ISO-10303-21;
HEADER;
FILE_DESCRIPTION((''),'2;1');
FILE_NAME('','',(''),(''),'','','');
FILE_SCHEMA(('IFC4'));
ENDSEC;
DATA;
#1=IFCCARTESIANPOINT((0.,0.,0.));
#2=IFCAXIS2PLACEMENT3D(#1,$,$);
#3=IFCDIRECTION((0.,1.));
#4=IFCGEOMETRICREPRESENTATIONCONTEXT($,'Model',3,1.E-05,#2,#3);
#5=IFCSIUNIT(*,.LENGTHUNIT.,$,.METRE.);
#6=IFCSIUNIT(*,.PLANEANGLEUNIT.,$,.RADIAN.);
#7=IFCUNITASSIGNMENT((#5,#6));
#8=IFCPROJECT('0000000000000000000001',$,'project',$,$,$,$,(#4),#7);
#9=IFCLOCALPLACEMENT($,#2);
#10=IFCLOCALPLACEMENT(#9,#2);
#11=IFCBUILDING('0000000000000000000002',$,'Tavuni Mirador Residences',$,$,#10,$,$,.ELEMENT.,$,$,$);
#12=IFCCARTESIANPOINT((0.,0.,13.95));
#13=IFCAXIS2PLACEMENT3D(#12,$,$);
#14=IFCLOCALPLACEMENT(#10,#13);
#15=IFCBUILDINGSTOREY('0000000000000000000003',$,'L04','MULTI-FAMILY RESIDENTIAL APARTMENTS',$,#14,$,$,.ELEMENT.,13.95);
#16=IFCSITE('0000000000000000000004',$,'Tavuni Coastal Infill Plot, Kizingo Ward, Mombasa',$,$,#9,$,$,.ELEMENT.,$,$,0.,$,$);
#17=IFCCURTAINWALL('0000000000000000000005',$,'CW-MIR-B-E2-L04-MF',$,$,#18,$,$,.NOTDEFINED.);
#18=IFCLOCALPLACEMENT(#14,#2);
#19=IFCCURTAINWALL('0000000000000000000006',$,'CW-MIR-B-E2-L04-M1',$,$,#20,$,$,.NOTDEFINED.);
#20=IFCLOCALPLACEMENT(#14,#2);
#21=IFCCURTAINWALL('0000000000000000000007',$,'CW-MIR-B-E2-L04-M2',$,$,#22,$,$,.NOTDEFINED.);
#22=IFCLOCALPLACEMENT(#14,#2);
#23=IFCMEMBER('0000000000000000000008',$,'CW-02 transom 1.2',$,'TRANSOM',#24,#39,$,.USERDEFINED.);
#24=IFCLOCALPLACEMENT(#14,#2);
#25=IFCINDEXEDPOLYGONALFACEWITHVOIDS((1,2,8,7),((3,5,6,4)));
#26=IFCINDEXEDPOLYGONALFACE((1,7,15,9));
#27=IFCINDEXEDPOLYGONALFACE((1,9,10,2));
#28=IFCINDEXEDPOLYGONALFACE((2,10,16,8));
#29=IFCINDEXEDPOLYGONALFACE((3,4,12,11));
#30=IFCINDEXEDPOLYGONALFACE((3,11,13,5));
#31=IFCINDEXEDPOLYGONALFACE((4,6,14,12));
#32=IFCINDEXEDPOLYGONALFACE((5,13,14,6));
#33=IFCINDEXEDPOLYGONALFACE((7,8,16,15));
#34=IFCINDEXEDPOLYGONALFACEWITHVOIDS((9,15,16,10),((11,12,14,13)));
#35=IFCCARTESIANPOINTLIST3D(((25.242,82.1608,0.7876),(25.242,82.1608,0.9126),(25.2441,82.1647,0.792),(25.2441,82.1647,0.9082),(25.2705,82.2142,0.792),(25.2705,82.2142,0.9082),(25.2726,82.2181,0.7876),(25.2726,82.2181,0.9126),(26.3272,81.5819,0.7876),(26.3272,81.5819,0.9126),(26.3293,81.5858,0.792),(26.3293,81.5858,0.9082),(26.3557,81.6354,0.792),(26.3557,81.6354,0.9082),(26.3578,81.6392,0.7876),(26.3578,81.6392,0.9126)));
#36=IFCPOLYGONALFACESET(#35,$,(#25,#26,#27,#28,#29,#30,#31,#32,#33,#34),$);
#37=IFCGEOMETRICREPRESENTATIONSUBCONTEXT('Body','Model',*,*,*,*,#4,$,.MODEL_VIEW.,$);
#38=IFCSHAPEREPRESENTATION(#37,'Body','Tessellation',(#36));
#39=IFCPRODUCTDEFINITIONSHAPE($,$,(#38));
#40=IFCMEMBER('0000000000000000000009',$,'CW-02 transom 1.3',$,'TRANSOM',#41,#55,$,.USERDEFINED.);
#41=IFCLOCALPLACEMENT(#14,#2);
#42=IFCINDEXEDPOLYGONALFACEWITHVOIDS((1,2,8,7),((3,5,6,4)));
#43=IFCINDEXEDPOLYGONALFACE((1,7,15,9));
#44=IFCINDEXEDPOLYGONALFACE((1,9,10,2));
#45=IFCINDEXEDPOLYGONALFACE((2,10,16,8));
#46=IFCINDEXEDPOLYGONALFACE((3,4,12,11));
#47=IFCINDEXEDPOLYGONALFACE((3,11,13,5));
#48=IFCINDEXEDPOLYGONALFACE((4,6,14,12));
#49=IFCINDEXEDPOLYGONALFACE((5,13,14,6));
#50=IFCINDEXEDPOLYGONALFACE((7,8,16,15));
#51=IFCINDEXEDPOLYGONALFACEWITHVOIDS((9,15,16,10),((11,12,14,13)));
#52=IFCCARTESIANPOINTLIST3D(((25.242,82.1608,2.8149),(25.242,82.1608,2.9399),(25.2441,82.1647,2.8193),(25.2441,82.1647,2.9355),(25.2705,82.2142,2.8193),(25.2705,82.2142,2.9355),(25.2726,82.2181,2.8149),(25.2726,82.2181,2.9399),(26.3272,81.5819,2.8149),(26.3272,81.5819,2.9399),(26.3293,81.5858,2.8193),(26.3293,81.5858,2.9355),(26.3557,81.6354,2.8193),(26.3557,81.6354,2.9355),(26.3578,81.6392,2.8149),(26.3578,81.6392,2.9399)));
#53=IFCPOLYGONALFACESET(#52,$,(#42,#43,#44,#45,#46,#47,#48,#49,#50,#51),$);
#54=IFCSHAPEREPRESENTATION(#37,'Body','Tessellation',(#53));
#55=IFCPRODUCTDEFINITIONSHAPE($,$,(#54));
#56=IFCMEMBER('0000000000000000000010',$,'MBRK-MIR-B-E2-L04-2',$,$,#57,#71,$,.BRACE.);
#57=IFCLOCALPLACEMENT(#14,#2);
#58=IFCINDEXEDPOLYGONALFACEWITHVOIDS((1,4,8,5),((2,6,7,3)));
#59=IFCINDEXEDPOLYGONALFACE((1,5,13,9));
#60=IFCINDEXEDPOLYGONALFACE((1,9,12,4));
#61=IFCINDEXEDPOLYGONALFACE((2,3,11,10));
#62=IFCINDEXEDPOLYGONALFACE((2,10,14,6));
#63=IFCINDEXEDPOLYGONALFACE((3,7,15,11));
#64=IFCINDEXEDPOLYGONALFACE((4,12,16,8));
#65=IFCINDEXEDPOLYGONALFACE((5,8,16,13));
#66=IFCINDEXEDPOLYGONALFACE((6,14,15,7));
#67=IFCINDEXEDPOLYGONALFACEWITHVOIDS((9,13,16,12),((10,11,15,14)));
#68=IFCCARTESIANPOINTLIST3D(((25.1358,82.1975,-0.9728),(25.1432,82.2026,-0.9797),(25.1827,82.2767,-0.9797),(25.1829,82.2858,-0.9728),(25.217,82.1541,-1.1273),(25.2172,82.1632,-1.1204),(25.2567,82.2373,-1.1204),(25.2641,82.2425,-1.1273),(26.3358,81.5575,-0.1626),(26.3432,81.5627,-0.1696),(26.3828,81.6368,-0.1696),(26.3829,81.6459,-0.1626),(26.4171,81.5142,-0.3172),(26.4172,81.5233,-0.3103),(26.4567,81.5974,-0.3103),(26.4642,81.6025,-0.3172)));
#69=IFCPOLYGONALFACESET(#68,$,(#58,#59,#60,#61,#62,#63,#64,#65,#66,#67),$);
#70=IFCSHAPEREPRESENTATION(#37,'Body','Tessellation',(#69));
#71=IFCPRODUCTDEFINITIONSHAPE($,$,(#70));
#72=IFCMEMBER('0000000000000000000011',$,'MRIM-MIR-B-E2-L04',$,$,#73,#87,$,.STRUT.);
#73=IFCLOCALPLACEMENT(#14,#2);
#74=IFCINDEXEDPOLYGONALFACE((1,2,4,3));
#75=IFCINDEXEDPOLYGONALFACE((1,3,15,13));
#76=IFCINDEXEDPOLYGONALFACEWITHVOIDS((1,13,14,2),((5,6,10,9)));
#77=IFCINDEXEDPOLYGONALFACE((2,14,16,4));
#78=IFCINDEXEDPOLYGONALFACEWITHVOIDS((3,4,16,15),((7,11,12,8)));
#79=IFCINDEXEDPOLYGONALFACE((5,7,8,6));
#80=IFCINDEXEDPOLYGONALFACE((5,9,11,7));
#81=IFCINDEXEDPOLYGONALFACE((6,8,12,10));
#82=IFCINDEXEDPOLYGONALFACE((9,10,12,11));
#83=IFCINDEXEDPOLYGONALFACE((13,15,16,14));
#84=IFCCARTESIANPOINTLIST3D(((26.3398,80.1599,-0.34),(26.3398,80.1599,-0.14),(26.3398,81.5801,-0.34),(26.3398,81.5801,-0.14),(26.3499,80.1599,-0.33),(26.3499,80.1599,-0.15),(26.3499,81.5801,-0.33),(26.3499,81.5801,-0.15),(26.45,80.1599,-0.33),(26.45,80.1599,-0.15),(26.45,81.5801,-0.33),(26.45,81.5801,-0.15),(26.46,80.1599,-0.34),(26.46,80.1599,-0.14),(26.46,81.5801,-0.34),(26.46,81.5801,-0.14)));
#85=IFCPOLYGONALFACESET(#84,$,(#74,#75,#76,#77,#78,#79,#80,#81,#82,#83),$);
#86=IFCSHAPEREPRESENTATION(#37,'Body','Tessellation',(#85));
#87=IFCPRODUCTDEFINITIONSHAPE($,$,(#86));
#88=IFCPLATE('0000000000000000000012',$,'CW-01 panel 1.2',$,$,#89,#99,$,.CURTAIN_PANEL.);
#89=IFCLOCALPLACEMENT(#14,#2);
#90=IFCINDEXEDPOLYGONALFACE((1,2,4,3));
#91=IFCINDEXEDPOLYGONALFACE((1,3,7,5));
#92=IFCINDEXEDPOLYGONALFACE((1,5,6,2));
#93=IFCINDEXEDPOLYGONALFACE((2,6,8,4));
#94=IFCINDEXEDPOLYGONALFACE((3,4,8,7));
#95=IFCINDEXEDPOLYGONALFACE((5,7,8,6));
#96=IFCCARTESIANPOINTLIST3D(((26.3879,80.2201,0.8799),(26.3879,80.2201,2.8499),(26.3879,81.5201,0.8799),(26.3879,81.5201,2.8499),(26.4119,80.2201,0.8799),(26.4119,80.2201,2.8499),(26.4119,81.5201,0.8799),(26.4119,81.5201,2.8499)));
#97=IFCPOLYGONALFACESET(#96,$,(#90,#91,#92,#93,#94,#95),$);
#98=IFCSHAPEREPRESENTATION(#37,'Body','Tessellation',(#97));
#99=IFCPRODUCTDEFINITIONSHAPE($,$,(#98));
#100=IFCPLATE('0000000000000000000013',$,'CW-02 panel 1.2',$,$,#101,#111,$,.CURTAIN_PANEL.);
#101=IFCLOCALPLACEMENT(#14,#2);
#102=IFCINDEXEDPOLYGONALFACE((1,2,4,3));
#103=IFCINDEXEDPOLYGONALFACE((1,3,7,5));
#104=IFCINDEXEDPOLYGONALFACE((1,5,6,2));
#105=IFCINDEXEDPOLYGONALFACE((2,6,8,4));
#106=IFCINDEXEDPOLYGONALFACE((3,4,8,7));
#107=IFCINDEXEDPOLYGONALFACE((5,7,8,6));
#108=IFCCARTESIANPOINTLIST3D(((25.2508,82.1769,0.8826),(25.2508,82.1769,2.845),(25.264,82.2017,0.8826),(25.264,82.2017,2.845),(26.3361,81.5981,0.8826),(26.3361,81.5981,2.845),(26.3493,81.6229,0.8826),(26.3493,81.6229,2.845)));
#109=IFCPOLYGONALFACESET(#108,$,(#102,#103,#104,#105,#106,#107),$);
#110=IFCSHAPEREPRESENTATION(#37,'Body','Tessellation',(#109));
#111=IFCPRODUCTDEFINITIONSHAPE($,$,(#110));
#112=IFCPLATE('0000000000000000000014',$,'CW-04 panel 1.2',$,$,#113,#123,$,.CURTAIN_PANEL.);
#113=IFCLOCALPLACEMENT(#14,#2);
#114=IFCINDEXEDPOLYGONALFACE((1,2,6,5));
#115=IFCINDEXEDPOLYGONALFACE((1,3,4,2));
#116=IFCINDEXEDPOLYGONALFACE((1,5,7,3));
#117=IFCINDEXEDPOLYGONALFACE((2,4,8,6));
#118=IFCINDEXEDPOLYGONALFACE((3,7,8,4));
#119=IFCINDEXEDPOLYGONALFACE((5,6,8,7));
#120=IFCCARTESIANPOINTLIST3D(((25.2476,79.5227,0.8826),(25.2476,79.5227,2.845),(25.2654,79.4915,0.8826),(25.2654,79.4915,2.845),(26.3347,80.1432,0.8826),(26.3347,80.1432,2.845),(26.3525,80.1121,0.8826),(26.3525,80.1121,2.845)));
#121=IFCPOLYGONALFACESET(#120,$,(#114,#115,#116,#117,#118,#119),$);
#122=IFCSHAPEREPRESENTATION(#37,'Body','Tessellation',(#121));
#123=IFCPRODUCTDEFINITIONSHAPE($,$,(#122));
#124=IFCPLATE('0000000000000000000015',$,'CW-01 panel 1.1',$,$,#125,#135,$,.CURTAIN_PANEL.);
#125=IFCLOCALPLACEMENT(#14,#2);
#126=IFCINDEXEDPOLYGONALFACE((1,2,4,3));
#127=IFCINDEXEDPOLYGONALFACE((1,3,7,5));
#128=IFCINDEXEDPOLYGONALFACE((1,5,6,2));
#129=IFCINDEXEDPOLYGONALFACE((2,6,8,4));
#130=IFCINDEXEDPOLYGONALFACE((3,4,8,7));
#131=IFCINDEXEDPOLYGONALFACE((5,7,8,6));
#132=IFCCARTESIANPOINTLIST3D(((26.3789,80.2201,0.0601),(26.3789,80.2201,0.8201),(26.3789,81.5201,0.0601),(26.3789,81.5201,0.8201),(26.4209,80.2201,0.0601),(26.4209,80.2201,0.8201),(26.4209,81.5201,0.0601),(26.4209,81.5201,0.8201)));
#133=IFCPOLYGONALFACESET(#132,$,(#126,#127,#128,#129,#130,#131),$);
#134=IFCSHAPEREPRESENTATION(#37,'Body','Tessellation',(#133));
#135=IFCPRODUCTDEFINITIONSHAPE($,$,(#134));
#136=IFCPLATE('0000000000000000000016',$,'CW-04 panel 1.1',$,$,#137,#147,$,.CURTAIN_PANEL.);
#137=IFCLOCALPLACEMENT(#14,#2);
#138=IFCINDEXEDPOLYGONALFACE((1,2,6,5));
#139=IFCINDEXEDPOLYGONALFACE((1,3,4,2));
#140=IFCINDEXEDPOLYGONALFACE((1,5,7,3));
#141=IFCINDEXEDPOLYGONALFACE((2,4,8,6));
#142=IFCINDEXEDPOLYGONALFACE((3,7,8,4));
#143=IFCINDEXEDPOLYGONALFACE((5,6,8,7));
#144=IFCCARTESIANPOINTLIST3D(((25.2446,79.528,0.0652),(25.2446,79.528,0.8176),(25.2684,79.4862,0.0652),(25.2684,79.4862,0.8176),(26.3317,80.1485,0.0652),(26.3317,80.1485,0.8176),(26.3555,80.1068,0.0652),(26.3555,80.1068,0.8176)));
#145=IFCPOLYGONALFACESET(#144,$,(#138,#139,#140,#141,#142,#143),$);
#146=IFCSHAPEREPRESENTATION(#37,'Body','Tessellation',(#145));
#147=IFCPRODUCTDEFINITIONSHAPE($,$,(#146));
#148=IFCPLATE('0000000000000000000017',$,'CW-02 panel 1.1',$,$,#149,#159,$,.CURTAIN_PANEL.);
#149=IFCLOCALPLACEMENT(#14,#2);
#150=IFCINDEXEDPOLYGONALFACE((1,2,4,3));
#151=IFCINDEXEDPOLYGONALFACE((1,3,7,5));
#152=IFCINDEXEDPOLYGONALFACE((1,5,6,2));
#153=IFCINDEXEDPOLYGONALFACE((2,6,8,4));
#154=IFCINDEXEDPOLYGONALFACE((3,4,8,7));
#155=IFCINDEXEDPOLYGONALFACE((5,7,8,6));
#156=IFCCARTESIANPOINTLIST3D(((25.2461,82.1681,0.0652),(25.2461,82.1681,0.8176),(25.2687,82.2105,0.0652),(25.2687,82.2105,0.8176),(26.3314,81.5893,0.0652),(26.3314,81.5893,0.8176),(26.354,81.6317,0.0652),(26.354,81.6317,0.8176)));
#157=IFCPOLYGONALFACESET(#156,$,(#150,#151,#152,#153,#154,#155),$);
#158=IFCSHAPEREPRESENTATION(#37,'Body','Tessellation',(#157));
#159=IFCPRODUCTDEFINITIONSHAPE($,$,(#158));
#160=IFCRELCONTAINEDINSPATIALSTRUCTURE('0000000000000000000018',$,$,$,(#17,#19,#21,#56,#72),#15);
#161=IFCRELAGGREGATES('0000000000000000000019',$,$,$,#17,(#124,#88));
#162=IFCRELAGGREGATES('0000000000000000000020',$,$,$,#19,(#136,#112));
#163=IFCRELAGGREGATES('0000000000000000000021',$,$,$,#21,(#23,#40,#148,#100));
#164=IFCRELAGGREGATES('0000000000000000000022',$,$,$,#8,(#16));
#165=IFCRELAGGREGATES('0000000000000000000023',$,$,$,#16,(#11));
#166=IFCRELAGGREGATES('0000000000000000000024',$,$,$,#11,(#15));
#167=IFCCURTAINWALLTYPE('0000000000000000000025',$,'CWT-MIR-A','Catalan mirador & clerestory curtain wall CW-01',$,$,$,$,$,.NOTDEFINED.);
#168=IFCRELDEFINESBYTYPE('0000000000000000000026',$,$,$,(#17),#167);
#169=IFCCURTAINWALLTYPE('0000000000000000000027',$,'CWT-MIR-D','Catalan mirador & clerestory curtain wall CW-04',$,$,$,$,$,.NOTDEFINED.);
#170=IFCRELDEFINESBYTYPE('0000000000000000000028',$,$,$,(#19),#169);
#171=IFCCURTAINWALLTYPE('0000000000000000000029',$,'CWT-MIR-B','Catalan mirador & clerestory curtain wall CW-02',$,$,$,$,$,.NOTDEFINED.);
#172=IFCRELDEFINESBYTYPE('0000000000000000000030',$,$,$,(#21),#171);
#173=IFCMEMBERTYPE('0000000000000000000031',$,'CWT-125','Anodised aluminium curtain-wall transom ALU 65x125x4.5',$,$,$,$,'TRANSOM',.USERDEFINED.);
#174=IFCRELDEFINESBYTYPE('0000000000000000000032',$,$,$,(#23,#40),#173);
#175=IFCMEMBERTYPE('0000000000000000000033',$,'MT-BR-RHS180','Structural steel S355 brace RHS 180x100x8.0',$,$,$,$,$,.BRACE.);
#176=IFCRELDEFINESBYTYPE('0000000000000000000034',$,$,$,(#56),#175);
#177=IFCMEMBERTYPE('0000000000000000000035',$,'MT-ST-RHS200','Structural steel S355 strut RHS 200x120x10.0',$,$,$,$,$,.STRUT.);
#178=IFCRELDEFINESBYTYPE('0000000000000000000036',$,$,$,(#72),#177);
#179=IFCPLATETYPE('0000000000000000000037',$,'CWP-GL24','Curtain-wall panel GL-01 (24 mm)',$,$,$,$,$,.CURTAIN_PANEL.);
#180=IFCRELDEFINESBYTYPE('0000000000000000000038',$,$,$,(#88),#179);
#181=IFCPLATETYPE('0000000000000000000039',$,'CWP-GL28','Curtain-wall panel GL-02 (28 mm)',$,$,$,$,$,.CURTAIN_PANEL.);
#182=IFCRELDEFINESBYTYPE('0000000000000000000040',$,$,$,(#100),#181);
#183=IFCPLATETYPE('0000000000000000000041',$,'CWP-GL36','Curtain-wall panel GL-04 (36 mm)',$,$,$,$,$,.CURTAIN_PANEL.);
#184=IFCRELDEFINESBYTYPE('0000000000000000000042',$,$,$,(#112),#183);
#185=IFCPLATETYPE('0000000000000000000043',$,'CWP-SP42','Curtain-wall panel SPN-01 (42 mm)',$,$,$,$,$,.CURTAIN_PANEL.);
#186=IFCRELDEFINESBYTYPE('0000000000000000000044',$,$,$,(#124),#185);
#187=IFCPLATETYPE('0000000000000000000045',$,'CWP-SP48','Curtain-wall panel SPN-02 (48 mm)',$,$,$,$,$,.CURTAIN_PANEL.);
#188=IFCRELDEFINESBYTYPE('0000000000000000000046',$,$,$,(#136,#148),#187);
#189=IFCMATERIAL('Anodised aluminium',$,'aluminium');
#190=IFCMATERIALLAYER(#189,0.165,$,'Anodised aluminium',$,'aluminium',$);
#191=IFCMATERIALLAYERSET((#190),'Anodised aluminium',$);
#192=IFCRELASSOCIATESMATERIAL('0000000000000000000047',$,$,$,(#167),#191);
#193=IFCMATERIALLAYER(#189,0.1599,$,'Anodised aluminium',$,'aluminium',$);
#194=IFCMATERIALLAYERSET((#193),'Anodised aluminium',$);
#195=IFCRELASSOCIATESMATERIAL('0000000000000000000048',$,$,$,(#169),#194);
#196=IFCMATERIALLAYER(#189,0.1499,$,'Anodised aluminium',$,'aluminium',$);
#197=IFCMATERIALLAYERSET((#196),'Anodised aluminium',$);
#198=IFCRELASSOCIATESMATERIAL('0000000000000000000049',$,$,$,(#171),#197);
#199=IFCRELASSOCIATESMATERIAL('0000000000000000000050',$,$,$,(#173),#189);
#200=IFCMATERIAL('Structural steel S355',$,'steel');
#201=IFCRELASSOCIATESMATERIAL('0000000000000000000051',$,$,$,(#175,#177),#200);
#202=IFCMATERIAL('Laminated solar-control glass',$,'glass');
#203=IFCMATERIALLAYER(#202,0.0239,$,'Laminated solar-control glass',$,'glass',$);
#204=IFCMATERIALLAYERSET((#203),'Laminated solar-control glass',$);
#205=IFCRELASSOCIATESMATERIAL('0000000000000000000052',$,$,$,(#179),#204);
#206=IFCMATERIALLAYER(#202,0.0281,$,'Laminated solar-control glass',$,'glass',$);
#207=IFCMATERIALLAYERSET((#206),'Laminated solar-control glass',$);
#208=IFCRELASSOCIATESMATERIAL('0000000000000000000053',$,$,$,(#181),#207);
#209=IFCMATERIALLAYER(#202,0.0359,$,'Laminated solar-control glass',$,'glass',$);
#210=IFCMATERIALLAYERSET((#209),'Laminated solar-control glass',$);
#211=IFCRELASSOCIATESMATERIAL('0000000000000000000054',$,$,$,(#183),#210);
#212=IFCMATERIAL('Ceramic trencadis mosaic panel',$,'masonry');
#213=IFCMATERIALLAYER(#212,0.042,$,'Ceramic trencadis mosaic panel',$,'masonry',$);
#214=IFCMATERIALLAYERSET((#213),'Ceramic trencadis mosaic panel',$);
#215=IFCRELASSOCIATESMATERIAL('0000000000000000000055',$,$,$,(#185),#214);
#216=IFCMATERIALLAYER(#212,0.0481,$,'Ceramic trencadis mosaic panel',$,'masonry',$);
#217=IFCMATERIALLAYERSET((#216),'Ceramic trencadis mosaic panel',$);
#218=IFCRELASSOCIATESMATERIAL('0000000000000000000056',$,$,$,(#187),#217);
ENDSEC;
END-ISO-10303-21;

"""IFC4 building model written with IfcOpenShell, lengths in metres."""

from ifc_helpers import new_model, si_unit, direction, frame, origin, origin_2d, place, context, subcontext, project, spatial, rectangle, hollow_rectangle, extrude, material, layer, layer_set, material_profile, profile_set, type_object, element, aggregate, save


model = new_model("IFC4")

# Units and contexts
model_context = context("Model", 3, precision=1e-05, world=origin(), true_north=direction((0.0, 1.0)))
body_context = subcontext(model_context, "Body", "Model", "MODEL_VIEW")
ifc_project = project(units=[si_unit("LENGTHUNIT", "METRE"), si_unit("PLANEANGLEUNIT", "RADIAN")], contexts=[model_context])

# Site, building, storey
site_placement = place(None, origin())
site = spatial("IfcSite", under=ifc_project, at=site_placement, Name="Tavuni Coastal Infill Plot, Kizingo Ward, Mombasa", CompositionType="ELEMENT", RefElevation=0.0)
building_placement = place(site_placement, origin())
building = spatial("IfcBuilding", under=site, at=building_placement, Name="Tavuni Mirador Residences", CompositionType="ELEMENT")
storey_placement = place(building_placement, frame((0.0, 0.0, 13.95)))
storey = spatial("IfcBuildingStorey", under=building, at=storey_placement, Name="L04", Description="MULTI-FAMILY RESIDENTIAL APARTMENTS", CompositionType="ELEMENT", Elevation=13.95)

# Curtain wall
ifc_material_1 = material(Name="Anodised aluminium", Category="aluminium")
ifc_layer_1 = layer(ifc_material_1, 0.165, Name="Anodised aluminium", Category="aluminium")
ifc_layer_set_1 = layer_set([ifc_layer_1], Name="Anodised aluminium")
curtain_wall_type_1 = type_object("IfcCurtainWallType", Name="CWT-MIR-A", Description="Catalan mirador & clerestory curtain wall CW-01", PredefinedType="NOTDEFINED", material=ifc_layer_set_1)
curtain_wall_1_placement = place(storey_placement, origin())
curtain_wall_1 = element("IfcCurtainWall", 1, at=curtain_wall_1_placement, inside=storey, type_object=curtain_wall_type_1, Name="CW-MIR-B-E2-L04-MF", PredefinedType="NOTDEFINED")

# Curtain wall
ifc_layer_2 = layer(ifc_material_1, 0.1599, Name="Anodised aluminium", Category="aluminium")
ifc_layer_set_2 = layer_set([ifc_layer_2], Name="Anodised aluminium")
curtain_wall_type_2 = type_object("IfcCurtainWallType", Name="CWT-MIR-D", Description="Catalan mirador & clerestory curtain wall CW-04", PredefinedType="NOTDEFINED", material=ifc_layer_set_2)
curtain_wall_2_placement = place(storey_placement, origin())
curtain_wall_2 = element("IfcCurtainWall", 2, at=curtain_wall_2_placement, inside=storey, type_object=curtain_wall_type_2, Name="CW-MIR-B-E2-L04-M1", PredefinedType="NOTDEFINED")

# Curtain wall
ifc_layer_3 = layer(ifc_material_1, 0.1499, Name="Anodised aluminium", Category="aluminium")
ifc_layer_set_3 = layer_set([ifc_layer_3], Name="Anodised aluminium")
curtain_wall_type_3 = type_object("IfcCurtainWallType", Name="CWT-MIR-B", Description="Catalan mirador & clerestory curtain wall CW-02", PredefinedType="NOTDEFINED", material=ifc_layer_set_3)
curtain_wall_3_placement = place(storey_placement, origin())
curtain_wall_3 = element("IfcCurtainWall", 3, at=curtain_wall_3_placement, inside=storey, type_object=curtain_wall_type_3, Name="CW-MIR-B-E2-L04-M2", PredefinedType="NOTDEFINED")

# Members
ifc_material_profile_1 = material_profile(ifc_material_1, hollow_rectangle(XDim=0.0649, YDim=0.125, WallThickness=0.0044, at=origin_2d()), Name="ALU 65x125x4.5", Category="aluminium")
ifc_profile_set_1 = profile_set([ifc_material_profile_1], Name="Anodised aluminium")
member_type_1 = type_object("IfcMemberType", Name="CWT-125", Description="Anodised aluminium curtain-wall transom ALU 65x125x4.5", ElementType="TRANSOM", PredefinedType="USERDEFINED", material=ifc_profile_set_1)
member_1_placement = place(storey_placement, frame((26.3425, 81.6106, 0.8501), z_axis=(-0.882325, 0.47064, 0.0), x_axis=(-0.47064, -0.882325, 0.0)))
member_1 = element("IfcMember", 4, at=member_1_placement, type_object=member_type_1, Name="CW-02 transom 1.2", ObjectType="TRANSOM", PredefinedType="USERDEFINED", context=body_context, shape_type="SweptSolid", body=[
    extrude(hollow_rectangle(XDim=0.0649, YDim=0.125, WallThickness=0.0044, at=origin_2d()), origin(), (0.0, 0.0, 1.0), 1.23),
])
member_2_placement = place(storey_placement, frame((26.3425, 81.6106, 2.8774), z_axis=(-0.882325, 0.47064, 0.0), x_axis=(-0.47064, -0.882325, 0.0)))
member_2 = element("IfcMember", 5, at=member_2_placement, type_object=member_type_1, Name="CW-02 transom 1.3", ObjectType="TRANSOM", PredefinedType="USERDEFINED", context=body_context, shape_type="SweptSolid", body=[
    extrude(hollow_rectangle(XDim=0.0649, YDim=0.125, WallThickness=0.0044, at=origin_2d()), origin(), (0.0, 0.0, 1.0), 1.23),
])

# Members
ifc_material_2 = material(Name="Structural steel S355", Category="steel")
ifc_material_profile_2 = material_profile(ifc_material_2, hollow_rectangle(XDim=0.1001, YDim=0.1799, WallThickness=0.0081, at=origin_2d()), Name="RHS 180x100x8.0", Category="steel")
ifc_profile_set_2 = profile_set([ifc_material_profile_2], Name="Structural steel S355")
member_type_2 = type_object("IfcMemberType", Name="MT-BR-RHS180", Description="Structural steel S355 brace RHS 180x100x8.0", PredefinedType="BRACE", material=ifc_profile_set_2)
member_3_placement = place(storey_placement, frame((25.2, 82.22, -1.05), z_axis=(0.758076, -0.404256, 0.511759), x_axis=(0.470542, 0.882378, 0.0)))
element("IfcMember", 6, at=member_3_placement, inside=storey, type_object=member_type_2, Name="MBRK-MIR-B-E2-L04-2", PredefinedType="BRACE", context=body_context, shape_type="SweptSolid", body=[
    extrude(hollow_rectangle(XDim=0.1001, YDim=0.1799, WallThickness=0.0081, at=origin_2d()), origin(), (0.0, 0.0, 1.0), 1.583),
])
ifc_material_profile_3 = material_profile(ifc_material_2, hollow_rectangle(XDim=0.1201, YDim=0.2, WallThickness=0.01, at=origin_2d()), Name="RHS 200x120x10.0", Category="steel")
ifc_profile_set_3 = profile_set([ifc_material_profile_3], Name="Structural steel S355")
member_type_3 = type_object("IfcMemberType", Name="MT-ST-RHS200", Description="Structural steel S355 strut RHS 200x120x10.0", PredefinedType="STRUT", material=ifc_profile_set_3)
member_4_placement = place(storey_placement, frame((26.3999, 80.1599, -0.24), z_axis=(0.0, 1.0, 0.0), x_axis=(-1.0, 0.0, 0.0)))
element("IfcMember", 7, at=member_4_placement, inside=storey, type_object=member_type_3, Name="MRIM-MIR-B-E2-L04", PredefinedType="STRUT", context=body_context, shape_type="SweptSolid", body=[
    extrude(hollow_rectangle(XDim=0.1201, YDim=0.2, WallThickness=0.01, at=origin_2d()), origin(), (0.0, 0.0, 1.0), 1.4202),
])

# Plates
ifc_material_3 = material(Name="Laminated solar-control glass", Category="glass")
ifc_layer_4 = layer(ifc_material_3, 0.0239, Name="Laminated solar-control glass", Category="glass")
ifc_layer_set_4 = layer_set([ifc_layer_4], Name="Laminated solar-control glass")
plate_type_1 = type_object("IfcPlateType", Name="CWP-GL24", Description="Curtain-wall panel GL-01 (24 mm)", PredefinedType="CURTAIN_PANEL", material=ifc_layer_set_4)
plate_1_placement = place(storey_placement, frame((26.3999, 80.8701, 0.8799), z_axis=(0.0, 0.0, 1.0), x_axis=(0.0, 1.0, 0.0)))
plate_1 = element("IfcPlate", 8, at=plate_1_placement, type_object=plate_type_1, Name="CW-01 panel 1.2", PredefinedType="CURTAIN_PANEL", context=body_context, shape_type="SweptSolid", body=[
    extrude(rectangle(XDim=1.3, YDim=0.0239, at=origin_2d()), origin(), (0.0, 0.0, 1.0), 1.97),
])
ifc_layer_5 = layer(ifc_material_3, 0.0281, Name="Laminated solar-control glass", Category="glass")
ifc_layer_set_5 = layer_set([ifc_layer_5], Name="Laminated solar-control glass")
plate_type_2 = type_object("IfcPlateType", Name="CWP-GL28", Description="Curtain-wall panel GL-02 (28 mm)", PredefinedType="CURTAIN_PANEL", material=ifc_layer_set_5)
plate_2_placement = place(storey_placement, frame((25.8, 81.8999, 0.8826), z_axis=(0.0, 0.0, 1.0), x_axis=(-0.882353, 0.470588, 0.0)))
plate_2 = element("IfcPlate", 9, at=plate_2_placement, type_object=plate_type_2, Name="CW-02 panel 1.2", PredefinedType="CURTAIN_PANEL", context=body_context, shape_type="SweptSolid", body=[
    extrude(rectangle(XDim=1.23, YDim=0.0281, at=origin_2d()), origin(), (0.0, 0.0, 1.0), 1.9624),
])
ifc_layer_6 = layer(ifc_material_3, 0.0359, Name="Laminated solar-control glass", Category="glass")
ifc_layer_set_6 = layer_set([ifc_layer_6], Name="Laminated solar-control glass")
plate_type_3 = type_object("IfcPlateType", Name="CWP-GL36", Description="Curtain-wall panel GL-04 (36 mm)", PredefinedType="CURTAIN_PANEL", material=ifc_layer_set_6)
plate_3_placement = place(storey_placement, frame((25.8, 79.8174, 0.8826), z_axis=(0.0, 0.0, 1.0), x_axis=(0.868466, 0.495749, 0.0)))
plate_3 = element("IfcPlate", 10, at=plate_3_placement, type_object=plate_type_3, Name="CW-04 panel 1.2", PredefinedType="CURTAIN_PANEL", context=body_context, shape_type="SweptSolid", body=[
    extrude(rectangle(XDim=1.2517, YDim=0.0359, at=origin_2d()), origin(), (0.0, 0.0, 1.0), 1.9624),
])
ifc_material_4 = material(Name="Ceramic trencadis mosaic panel", Category="masonry")
ifc_layer_7 = layer(ifc_material_4, 0.042, Name="Ceramic trencadis mosaic panel", Category="masonry")
ifc_layer_set_7 = layer_set([ifc_layer_7], Name="Ceramic trencadis mosaic panel")
plate_type_4 = type_object("IfcPlateType", Name="CWP-SP42", Description="Curtain-wall panel SPN-01 (42 mm)", PredefinedType="CURTAIN_PANEL", material=ifc_layer_set_7)
plate_4_placement = place(storey_placement, frame((26.3999, 80.8701, 0.0601), z_axis=(0.0, 0.0, 1.0), x_axis=(0.0, 1.0, 0.0)))
plate_4 = element("IfcPlate", 11, at=plate_4_placement, type_object=plate_type_4, Name="CW-01 panel 1.1", PredefinedType="CURTAIN_PANEL", context=body_context, shape_type="SweptSolid", body=[
    extrude(rectangle(XDim=1.3, YDim=0.042, at=origin_2d()), origin(), (0.0, 0.0, 1.0), 0.76),
])
aggregate(curtain_wall_1, [plate_4, plate_1])
ifc_layer_8 = layer(ifc_material_4, 0.0481, Name="Ceramic trencadis mosaic panel", Category="masonry")
ifc_layer_set_8 = layer_set([ifc_layer_8], Name="Ceramic trencadis mosaic panel")
plate_type_5 = type_object("IfcPlateType", Name="CWP-SP48", Description="Curtain-wall panel SPN-02 (48 mm)", PredefinedType="CURTAIN_PANEL", material=ifc_layer_set_8)
plate_5_placement = place(storey_placement, frame((25.8, 79.8174, 0.0652), z_axis=(0.0, 0.0, 1.0), x_axis=(0.868466, 0.495749, 0.0)))
plate_5 = element("IfcPlate", 12, at=plate_5_placement, type_object=plate_type_5, Name="CW-04 panel 1.1", PredefinedType="CURTAIN_PANEL", context=body_context, shape_type="SweptSolid", body=[
    extrude(rectangle(XDim=1.2517, YDim=0.0481, at=origin_2d()), origin(), (0.0, 0.0, 1.0), 0.7524),
])
aggregate(curtain_wall_2, [plate_5, plate_3])
plate_6_placement = place(storey_placement, frame((25.8, 81.8999, 0.0652), z_axis=(0.0, 0.0, 1.0), x_axis=(-0.882353, 0.470588, 0.0)))
plate_6 = element("IfcPlate", 13, at=plate_6_placement, type_object=plate_type_5, Name="CW-02 panel 1.1", PredefinedType="CURTAIN_PANEL", context=body_context, shape_type="SweptSolid", body=[
    extrude(rectangle(XDim=1.23, YDim=0.0481, at=origin_2d()), origin(), (0.0, 0.0, 1.0), 0.7524),
])
aggregate(curtain_wall_3, [member_1, member_2, plate_6, plate_2])

save(model, "model.ifc")
